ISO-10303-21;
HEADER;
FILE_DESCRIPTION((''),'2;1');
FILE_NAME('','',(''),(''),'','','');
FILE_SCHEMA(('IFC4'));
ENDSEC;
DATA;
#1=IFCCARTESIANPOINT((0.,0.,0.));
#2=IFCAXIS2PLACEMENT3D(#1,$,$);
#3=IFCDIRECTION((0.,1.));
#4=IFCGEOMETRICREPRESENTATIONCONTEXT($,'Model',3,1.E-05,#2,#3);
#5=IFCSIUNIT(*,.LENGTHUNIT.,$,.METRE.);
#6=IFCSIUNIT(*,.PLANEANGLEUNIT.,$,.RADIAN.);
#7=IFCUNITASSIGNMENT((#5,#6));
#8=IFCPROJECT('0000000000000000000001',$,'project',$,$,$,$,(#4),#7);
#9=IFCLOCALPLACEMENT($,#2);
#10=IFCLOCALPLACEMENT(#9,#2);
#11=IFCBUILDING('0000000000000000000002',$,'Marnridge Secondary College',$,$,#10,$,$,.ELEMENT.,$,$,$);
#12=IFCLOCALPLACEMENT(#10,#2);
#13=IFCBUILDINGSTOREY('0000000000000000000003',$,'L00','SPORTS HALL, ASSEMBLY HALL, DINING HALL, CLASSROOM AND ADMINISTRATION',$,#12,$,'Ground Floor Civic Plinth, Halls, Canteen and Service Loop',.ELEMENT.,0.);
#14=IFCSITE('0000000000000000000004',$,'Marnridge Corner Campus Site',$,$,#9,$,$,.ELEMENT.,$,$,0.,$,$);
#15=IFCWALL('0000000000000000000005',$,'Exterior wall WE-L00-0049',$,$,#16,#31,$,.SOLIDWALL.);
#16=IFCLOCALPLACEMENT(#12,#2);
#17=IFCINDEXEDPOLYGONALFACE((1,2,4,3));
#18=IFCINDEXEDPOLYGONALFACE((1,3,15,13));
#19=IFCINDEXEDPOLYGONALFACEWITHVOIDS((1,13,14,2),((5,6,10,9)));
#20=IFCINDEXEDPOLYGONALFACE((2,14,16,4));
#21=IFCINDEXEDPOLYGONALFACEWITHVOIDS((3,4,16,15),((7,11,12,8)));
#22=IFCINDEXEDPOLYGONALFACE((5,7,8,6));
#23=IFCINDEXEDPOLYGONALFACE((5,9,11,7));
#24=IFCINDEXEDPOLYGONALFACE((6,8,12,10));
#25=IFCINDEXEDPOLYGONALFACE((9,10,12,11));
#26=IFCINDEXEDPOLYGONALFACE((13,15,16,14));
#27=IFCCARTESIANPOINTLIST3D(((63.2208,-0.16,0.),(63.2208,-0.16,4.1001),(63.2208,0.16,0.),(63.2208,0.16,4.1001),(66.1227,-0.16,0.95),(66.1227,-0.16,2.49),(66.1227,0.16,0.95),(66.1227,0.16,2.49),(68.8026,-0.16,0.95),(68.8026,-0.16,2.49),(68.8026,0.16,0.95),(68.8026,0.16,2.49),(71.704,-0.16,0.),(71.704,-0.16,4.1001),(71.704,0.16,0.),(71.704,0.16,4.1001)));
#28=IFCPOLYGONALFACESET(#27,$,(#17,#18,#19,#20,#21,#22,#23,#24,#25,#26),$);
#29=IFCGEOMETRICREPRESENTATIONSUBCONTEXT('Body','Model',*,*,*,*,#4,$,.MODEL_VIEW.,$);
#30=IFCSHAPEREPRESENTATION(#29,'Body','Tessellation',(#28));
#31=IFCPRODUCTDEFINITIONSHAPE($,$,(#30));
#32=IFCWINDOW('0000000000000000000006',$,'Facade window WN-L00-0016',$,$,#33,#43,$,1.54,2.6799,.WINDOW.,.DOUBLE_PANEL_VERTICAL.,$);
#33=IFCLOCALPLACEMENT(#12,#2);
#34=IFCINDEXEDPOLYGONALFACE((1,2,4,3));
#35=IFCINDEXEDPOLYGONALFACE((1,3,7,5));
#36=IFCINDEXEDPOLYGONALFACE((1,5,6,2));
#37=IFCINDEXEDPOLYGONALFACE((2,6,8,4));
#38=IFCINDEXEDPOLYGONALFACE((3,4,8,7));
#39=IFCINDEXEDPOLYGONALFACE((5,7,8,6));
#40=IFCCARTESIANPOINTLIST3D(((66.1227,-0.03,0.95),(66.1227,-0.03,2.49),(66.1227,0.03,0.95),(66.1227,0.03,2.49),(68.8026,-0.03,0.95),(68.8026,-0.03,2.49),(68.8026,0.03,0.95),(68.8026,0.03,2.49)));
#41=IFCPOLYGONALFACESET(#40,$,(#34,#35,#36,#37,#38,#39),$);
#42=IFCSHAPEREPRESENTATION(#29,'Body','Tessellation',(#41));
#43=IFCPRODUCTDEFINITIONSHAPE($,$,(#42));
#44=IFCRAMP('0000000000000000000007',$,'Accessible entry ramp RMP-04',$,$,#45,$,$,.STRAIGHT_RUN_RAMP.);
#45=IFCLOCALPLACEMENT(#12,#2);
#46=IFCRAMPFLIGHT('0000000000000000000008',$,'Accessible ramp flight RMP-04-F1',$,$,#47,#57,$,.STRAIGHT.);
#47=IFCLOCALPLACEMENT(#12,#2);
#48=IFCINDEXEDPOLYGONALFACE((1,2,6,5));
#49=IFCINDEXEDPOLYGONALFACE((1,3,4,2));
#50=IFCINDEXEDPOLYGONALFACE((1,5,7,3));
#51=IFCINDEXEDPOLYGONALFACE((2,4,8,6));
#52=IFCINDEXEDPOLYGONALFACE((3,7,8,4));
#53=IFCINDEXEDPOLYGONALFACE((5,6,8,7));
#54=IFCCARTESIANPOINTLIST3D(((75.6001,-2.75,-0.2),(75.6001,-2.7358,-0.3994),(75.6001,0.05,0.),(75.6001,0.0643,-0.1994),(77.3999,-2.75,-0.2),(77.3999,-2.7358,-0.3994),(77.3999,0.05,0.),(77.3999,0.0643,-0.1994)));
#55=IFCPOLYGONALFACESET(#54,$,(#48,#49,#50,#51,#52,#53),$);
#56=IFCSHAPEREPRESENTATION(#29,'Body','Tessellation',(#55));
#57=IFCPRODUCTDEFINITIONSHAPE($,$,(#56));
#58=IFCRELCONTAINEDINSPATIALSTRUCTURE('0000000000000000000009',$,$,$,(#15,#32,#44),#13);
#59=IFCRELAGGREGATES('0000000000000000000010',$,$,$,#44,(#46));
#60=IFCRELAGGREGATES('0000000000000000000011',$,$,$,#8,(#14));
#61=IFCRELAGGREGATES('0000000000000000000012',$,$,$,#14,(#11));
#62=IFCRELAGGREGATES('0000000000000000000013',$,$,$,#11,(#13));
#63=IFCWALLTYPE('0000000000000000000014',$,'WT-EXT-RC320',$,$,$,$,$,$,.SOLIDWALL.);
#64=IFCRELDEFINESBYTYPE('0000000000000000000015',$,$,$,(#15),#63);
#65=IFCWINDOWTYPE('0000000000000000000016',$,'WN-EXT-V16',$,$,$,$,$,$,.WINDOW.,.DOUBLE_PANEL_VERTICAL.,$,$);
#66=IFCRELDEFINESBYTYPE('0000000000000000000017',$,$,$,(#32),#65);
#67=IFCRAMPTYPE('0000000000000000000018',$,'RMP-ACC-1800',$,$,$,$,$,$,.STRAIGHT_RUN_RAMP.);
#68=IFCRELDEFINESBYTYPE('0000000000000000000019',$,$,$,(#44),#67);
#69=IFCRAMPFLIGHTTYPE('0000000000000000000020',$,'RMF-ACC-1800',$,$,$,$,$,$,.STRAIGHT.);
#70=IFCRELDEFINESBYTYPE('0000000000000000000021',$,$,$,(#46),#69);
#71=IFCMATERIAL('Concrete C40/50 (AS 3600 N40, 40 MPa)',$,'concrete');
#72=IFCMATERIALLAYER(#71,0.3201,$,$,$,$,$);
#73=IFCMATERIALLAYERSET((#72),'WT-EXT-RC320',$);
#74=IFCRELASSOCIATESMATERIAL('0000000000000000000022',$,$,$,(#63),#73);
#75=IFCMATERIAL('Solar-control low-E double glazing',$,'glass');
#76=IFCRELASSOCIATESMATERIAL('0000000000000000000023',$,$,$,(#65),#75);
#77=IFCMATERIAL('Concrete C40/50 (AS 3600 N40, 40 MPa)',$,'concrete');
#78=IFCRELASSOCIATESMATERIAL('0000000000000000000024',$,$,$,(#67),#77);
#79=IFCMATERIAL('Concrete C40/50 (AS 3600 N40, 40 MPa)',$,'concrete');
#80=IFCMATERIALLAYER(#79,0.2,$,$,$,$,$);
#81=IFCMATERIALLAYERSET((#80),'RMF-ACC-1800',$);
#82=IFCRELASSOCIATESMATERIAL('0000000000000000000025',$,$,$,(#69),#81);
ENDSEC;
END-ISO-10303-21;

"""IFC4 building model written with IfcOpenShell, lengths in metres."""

from ifc_helpers import new_model, si_unit, direction, frame, frame_2d, origin, place, context, subcontext, project, spatial, polyline, rectangle, outline, extrude, material, layer, layer_set, type_object, element, fill, aggregate, save


model = new_model("IFC4")

# Units and contexts
model_context = context("Model", 3, precision=1e-05, world=origin(), true_north=direction((0.0, 1.0)))
body_context = subcontext(model_context, "Body", "Model", "MODEL_VIEW")
ifc_project = project(units=[si_unit("LENGTHUNIT", "METRE"), si_unit("PLANEANGLEUNIT", "RADIAN")], contexts=[model_context])

# Site, building, storey
site_placement = place(None, origin())
site = spatial("IfcSite", under=ifc_project, at=site_placement, Name="Marnridge Corner Campus Site", CompositionType="ELEMENT", RefElevation=0.0)
building_placement = place(site_placement, origin())
building = spatial("IfcBuilding", under=site, at=building_placement, Name="Marnridge Secondary College", CompositionType="ELEMENT")
storey_placement = place(building_placement, origin())
storey = spatial("IfcBuildingStorey", under=building, at=storey_placement, Name="L00", Description="SPORTS HALL, ASSEMBLY HALL, DINING HALL, CLASSROOM AND ADMINISTRATION", LongName="Ground Floor Civic Plinth, Halls, Canteen and Service Loop", CompositionType="ELEMENT", Elevation=0.0)

# Wall, opening, window
ifc_material_1 = material(Name="Concrete C40/50 (AS 3600 N40, 40 MPa)", Category="concrete")
ifc_layer_1 = layer(ifc_material_1, 0.3201)
ifc_layer_set_1 = layer_set([ifc_layer_1], Name="WT-EXT-RC320")
wall_type_1 = type_object("IfcWallType", Name="WT-EXT-RC320", PredefinedType="SOLIDWALL", material=ifc_layer_set_1)
wall_1_placement = place(storey_placement, frame((71.7041, 0.0, 0.0), z_axis=(0.0, 0.0, 1.0), x_axis=(-1.0, 0.0, 0.0)))
wall_1 = element("IfcWall", 1, at=wall_1_placement, inside=storey, type_object=wall_type_1, Name="Exterior wall WE-L00-0049", PredefinedType="SOLIDWALL", context=body_context, shape_type="SweptSolid", body=[
    extrude(rectangle(XDim=8.4832, YDim=0.3201, at=frame_2d((4.2417, 0.0))), origin(), (0.0, 0.0, 1.0), 4.1001),
])
opening_1_placement = place(wall_1_placement, frame((2.9016, 0.0, 0.95)))
opening_1 = element("IfcOpeningElement", 2, at=opening_1_placement, cuts=wall_1, PredefinedType="OPENING", context=body_context, shape_type="SweptSolid", body=[
    extrude(rectangle(XDim=2.6799, YDim=1.54, at=frame_2d((1.3398, 0.77))), frame((0.0, 0.1699, 0.0), z_axis=(0.0, -1.0, 0.0), x_axis=(1.0, 0.0, 0.0)), (0.0, 0.0, 1.0), 0.3401),
])
ifc_material_2 = material(Name="Solar-control low-E double glazing", Category="glass")
window_type_1 = type_object("IfcWindowType", Name="WN-EXT-V16", PartitioningType="DOUBLE_PANEL_VERTICAL", PredefinedType="WINDOW", material=ifc_material_2)
window_1_placement = place(opening_1_placement, origin())
window_1 = element("IfcWindow", 3, at=window_1_placement, inside=storey, type_object=window_type_1, Name="Facade window WN-L00-0016", OverallHeight=1.54, OverallWidth=2.6799, PartitioningType="DOUBLE_PANEL_VERTICAL", PredefinedType="WINDOW", context=body_context, shape_type="SweptSolid", body=[
    extrude(rectangle(XDim=2.6799, YDim=1.54, at=frame_2d((1.3398, 0.77))), frame((0.0, 0.03, 0.0), z_axis=(0.0, -1.0, 0.0), x_axis=(1.0, 0.0, 0.0)), (0.0, 0.0, 1.0), 0.0601),
])
fill(opening_1, window_1)

# Ramp, ramp flight
ifc_material_3 = material(Name="Concrete C40/50 (AS 3600 N40, 40 MPa)", Category="concrete")
ramp_type = type_object("IfcRampType", Name="RMP-ACC-1800", PredefinedType="STRAIGHT_RUN_RAMP", material=ifc_material_3)
ramp_placement = place(storey_placement, origin())
ramp = element("IfcRamp", 4, at=ramp_placement, inside=storey, type_object=ramp_type, Name="Accessible entry ramp RMP-04", PredefinedType="STRAIGHT_RUN_RAMP")
ifc_material_4 = material(Name="Concrete C40/50 (AS 3600 N40, 40 MPa)", Category="concrete")
ifc_layer_2 = layer(ifc_material_4, 0.2)
ifc_layer_set_2 = layer_set([ifc_layer_2], Name="RMF-ACC-1800")
ramp_flight_type = type_object("IfcRampFlightType", Name="RMF-ACC-1800", PredefinedType="STRAIGHT", material=ifc_layer_set_2)
ramp_flight_placement = place(storey_placement, frame((75.6001, -2.75, -0.2), z_axis=(0.0, -0.071229, 0.99746), x_axis=(1.0, 0.0, 0.0)))
ramp_flight = element("IfcRampFlight", 5, at=ramp_flight_placement, type_object=ramp_flight_type, Name="Accessible ramp flight RMP-04-F1", PredefinedType="STRAIGHT", context=body_context, shape_type="SweptSolid", body=[
    extrude(outline(polyline([(0.0, 0.0), (1.7998, 0.0), (1.7998, 2.8072), (0.0, 2.8072), (0.0, 0.0)])), origin(), (0.0, 0.0, -1.0), 0.2),
])
aggregate(ramp, [ramp_flight])

save(model, "model.ifc")
